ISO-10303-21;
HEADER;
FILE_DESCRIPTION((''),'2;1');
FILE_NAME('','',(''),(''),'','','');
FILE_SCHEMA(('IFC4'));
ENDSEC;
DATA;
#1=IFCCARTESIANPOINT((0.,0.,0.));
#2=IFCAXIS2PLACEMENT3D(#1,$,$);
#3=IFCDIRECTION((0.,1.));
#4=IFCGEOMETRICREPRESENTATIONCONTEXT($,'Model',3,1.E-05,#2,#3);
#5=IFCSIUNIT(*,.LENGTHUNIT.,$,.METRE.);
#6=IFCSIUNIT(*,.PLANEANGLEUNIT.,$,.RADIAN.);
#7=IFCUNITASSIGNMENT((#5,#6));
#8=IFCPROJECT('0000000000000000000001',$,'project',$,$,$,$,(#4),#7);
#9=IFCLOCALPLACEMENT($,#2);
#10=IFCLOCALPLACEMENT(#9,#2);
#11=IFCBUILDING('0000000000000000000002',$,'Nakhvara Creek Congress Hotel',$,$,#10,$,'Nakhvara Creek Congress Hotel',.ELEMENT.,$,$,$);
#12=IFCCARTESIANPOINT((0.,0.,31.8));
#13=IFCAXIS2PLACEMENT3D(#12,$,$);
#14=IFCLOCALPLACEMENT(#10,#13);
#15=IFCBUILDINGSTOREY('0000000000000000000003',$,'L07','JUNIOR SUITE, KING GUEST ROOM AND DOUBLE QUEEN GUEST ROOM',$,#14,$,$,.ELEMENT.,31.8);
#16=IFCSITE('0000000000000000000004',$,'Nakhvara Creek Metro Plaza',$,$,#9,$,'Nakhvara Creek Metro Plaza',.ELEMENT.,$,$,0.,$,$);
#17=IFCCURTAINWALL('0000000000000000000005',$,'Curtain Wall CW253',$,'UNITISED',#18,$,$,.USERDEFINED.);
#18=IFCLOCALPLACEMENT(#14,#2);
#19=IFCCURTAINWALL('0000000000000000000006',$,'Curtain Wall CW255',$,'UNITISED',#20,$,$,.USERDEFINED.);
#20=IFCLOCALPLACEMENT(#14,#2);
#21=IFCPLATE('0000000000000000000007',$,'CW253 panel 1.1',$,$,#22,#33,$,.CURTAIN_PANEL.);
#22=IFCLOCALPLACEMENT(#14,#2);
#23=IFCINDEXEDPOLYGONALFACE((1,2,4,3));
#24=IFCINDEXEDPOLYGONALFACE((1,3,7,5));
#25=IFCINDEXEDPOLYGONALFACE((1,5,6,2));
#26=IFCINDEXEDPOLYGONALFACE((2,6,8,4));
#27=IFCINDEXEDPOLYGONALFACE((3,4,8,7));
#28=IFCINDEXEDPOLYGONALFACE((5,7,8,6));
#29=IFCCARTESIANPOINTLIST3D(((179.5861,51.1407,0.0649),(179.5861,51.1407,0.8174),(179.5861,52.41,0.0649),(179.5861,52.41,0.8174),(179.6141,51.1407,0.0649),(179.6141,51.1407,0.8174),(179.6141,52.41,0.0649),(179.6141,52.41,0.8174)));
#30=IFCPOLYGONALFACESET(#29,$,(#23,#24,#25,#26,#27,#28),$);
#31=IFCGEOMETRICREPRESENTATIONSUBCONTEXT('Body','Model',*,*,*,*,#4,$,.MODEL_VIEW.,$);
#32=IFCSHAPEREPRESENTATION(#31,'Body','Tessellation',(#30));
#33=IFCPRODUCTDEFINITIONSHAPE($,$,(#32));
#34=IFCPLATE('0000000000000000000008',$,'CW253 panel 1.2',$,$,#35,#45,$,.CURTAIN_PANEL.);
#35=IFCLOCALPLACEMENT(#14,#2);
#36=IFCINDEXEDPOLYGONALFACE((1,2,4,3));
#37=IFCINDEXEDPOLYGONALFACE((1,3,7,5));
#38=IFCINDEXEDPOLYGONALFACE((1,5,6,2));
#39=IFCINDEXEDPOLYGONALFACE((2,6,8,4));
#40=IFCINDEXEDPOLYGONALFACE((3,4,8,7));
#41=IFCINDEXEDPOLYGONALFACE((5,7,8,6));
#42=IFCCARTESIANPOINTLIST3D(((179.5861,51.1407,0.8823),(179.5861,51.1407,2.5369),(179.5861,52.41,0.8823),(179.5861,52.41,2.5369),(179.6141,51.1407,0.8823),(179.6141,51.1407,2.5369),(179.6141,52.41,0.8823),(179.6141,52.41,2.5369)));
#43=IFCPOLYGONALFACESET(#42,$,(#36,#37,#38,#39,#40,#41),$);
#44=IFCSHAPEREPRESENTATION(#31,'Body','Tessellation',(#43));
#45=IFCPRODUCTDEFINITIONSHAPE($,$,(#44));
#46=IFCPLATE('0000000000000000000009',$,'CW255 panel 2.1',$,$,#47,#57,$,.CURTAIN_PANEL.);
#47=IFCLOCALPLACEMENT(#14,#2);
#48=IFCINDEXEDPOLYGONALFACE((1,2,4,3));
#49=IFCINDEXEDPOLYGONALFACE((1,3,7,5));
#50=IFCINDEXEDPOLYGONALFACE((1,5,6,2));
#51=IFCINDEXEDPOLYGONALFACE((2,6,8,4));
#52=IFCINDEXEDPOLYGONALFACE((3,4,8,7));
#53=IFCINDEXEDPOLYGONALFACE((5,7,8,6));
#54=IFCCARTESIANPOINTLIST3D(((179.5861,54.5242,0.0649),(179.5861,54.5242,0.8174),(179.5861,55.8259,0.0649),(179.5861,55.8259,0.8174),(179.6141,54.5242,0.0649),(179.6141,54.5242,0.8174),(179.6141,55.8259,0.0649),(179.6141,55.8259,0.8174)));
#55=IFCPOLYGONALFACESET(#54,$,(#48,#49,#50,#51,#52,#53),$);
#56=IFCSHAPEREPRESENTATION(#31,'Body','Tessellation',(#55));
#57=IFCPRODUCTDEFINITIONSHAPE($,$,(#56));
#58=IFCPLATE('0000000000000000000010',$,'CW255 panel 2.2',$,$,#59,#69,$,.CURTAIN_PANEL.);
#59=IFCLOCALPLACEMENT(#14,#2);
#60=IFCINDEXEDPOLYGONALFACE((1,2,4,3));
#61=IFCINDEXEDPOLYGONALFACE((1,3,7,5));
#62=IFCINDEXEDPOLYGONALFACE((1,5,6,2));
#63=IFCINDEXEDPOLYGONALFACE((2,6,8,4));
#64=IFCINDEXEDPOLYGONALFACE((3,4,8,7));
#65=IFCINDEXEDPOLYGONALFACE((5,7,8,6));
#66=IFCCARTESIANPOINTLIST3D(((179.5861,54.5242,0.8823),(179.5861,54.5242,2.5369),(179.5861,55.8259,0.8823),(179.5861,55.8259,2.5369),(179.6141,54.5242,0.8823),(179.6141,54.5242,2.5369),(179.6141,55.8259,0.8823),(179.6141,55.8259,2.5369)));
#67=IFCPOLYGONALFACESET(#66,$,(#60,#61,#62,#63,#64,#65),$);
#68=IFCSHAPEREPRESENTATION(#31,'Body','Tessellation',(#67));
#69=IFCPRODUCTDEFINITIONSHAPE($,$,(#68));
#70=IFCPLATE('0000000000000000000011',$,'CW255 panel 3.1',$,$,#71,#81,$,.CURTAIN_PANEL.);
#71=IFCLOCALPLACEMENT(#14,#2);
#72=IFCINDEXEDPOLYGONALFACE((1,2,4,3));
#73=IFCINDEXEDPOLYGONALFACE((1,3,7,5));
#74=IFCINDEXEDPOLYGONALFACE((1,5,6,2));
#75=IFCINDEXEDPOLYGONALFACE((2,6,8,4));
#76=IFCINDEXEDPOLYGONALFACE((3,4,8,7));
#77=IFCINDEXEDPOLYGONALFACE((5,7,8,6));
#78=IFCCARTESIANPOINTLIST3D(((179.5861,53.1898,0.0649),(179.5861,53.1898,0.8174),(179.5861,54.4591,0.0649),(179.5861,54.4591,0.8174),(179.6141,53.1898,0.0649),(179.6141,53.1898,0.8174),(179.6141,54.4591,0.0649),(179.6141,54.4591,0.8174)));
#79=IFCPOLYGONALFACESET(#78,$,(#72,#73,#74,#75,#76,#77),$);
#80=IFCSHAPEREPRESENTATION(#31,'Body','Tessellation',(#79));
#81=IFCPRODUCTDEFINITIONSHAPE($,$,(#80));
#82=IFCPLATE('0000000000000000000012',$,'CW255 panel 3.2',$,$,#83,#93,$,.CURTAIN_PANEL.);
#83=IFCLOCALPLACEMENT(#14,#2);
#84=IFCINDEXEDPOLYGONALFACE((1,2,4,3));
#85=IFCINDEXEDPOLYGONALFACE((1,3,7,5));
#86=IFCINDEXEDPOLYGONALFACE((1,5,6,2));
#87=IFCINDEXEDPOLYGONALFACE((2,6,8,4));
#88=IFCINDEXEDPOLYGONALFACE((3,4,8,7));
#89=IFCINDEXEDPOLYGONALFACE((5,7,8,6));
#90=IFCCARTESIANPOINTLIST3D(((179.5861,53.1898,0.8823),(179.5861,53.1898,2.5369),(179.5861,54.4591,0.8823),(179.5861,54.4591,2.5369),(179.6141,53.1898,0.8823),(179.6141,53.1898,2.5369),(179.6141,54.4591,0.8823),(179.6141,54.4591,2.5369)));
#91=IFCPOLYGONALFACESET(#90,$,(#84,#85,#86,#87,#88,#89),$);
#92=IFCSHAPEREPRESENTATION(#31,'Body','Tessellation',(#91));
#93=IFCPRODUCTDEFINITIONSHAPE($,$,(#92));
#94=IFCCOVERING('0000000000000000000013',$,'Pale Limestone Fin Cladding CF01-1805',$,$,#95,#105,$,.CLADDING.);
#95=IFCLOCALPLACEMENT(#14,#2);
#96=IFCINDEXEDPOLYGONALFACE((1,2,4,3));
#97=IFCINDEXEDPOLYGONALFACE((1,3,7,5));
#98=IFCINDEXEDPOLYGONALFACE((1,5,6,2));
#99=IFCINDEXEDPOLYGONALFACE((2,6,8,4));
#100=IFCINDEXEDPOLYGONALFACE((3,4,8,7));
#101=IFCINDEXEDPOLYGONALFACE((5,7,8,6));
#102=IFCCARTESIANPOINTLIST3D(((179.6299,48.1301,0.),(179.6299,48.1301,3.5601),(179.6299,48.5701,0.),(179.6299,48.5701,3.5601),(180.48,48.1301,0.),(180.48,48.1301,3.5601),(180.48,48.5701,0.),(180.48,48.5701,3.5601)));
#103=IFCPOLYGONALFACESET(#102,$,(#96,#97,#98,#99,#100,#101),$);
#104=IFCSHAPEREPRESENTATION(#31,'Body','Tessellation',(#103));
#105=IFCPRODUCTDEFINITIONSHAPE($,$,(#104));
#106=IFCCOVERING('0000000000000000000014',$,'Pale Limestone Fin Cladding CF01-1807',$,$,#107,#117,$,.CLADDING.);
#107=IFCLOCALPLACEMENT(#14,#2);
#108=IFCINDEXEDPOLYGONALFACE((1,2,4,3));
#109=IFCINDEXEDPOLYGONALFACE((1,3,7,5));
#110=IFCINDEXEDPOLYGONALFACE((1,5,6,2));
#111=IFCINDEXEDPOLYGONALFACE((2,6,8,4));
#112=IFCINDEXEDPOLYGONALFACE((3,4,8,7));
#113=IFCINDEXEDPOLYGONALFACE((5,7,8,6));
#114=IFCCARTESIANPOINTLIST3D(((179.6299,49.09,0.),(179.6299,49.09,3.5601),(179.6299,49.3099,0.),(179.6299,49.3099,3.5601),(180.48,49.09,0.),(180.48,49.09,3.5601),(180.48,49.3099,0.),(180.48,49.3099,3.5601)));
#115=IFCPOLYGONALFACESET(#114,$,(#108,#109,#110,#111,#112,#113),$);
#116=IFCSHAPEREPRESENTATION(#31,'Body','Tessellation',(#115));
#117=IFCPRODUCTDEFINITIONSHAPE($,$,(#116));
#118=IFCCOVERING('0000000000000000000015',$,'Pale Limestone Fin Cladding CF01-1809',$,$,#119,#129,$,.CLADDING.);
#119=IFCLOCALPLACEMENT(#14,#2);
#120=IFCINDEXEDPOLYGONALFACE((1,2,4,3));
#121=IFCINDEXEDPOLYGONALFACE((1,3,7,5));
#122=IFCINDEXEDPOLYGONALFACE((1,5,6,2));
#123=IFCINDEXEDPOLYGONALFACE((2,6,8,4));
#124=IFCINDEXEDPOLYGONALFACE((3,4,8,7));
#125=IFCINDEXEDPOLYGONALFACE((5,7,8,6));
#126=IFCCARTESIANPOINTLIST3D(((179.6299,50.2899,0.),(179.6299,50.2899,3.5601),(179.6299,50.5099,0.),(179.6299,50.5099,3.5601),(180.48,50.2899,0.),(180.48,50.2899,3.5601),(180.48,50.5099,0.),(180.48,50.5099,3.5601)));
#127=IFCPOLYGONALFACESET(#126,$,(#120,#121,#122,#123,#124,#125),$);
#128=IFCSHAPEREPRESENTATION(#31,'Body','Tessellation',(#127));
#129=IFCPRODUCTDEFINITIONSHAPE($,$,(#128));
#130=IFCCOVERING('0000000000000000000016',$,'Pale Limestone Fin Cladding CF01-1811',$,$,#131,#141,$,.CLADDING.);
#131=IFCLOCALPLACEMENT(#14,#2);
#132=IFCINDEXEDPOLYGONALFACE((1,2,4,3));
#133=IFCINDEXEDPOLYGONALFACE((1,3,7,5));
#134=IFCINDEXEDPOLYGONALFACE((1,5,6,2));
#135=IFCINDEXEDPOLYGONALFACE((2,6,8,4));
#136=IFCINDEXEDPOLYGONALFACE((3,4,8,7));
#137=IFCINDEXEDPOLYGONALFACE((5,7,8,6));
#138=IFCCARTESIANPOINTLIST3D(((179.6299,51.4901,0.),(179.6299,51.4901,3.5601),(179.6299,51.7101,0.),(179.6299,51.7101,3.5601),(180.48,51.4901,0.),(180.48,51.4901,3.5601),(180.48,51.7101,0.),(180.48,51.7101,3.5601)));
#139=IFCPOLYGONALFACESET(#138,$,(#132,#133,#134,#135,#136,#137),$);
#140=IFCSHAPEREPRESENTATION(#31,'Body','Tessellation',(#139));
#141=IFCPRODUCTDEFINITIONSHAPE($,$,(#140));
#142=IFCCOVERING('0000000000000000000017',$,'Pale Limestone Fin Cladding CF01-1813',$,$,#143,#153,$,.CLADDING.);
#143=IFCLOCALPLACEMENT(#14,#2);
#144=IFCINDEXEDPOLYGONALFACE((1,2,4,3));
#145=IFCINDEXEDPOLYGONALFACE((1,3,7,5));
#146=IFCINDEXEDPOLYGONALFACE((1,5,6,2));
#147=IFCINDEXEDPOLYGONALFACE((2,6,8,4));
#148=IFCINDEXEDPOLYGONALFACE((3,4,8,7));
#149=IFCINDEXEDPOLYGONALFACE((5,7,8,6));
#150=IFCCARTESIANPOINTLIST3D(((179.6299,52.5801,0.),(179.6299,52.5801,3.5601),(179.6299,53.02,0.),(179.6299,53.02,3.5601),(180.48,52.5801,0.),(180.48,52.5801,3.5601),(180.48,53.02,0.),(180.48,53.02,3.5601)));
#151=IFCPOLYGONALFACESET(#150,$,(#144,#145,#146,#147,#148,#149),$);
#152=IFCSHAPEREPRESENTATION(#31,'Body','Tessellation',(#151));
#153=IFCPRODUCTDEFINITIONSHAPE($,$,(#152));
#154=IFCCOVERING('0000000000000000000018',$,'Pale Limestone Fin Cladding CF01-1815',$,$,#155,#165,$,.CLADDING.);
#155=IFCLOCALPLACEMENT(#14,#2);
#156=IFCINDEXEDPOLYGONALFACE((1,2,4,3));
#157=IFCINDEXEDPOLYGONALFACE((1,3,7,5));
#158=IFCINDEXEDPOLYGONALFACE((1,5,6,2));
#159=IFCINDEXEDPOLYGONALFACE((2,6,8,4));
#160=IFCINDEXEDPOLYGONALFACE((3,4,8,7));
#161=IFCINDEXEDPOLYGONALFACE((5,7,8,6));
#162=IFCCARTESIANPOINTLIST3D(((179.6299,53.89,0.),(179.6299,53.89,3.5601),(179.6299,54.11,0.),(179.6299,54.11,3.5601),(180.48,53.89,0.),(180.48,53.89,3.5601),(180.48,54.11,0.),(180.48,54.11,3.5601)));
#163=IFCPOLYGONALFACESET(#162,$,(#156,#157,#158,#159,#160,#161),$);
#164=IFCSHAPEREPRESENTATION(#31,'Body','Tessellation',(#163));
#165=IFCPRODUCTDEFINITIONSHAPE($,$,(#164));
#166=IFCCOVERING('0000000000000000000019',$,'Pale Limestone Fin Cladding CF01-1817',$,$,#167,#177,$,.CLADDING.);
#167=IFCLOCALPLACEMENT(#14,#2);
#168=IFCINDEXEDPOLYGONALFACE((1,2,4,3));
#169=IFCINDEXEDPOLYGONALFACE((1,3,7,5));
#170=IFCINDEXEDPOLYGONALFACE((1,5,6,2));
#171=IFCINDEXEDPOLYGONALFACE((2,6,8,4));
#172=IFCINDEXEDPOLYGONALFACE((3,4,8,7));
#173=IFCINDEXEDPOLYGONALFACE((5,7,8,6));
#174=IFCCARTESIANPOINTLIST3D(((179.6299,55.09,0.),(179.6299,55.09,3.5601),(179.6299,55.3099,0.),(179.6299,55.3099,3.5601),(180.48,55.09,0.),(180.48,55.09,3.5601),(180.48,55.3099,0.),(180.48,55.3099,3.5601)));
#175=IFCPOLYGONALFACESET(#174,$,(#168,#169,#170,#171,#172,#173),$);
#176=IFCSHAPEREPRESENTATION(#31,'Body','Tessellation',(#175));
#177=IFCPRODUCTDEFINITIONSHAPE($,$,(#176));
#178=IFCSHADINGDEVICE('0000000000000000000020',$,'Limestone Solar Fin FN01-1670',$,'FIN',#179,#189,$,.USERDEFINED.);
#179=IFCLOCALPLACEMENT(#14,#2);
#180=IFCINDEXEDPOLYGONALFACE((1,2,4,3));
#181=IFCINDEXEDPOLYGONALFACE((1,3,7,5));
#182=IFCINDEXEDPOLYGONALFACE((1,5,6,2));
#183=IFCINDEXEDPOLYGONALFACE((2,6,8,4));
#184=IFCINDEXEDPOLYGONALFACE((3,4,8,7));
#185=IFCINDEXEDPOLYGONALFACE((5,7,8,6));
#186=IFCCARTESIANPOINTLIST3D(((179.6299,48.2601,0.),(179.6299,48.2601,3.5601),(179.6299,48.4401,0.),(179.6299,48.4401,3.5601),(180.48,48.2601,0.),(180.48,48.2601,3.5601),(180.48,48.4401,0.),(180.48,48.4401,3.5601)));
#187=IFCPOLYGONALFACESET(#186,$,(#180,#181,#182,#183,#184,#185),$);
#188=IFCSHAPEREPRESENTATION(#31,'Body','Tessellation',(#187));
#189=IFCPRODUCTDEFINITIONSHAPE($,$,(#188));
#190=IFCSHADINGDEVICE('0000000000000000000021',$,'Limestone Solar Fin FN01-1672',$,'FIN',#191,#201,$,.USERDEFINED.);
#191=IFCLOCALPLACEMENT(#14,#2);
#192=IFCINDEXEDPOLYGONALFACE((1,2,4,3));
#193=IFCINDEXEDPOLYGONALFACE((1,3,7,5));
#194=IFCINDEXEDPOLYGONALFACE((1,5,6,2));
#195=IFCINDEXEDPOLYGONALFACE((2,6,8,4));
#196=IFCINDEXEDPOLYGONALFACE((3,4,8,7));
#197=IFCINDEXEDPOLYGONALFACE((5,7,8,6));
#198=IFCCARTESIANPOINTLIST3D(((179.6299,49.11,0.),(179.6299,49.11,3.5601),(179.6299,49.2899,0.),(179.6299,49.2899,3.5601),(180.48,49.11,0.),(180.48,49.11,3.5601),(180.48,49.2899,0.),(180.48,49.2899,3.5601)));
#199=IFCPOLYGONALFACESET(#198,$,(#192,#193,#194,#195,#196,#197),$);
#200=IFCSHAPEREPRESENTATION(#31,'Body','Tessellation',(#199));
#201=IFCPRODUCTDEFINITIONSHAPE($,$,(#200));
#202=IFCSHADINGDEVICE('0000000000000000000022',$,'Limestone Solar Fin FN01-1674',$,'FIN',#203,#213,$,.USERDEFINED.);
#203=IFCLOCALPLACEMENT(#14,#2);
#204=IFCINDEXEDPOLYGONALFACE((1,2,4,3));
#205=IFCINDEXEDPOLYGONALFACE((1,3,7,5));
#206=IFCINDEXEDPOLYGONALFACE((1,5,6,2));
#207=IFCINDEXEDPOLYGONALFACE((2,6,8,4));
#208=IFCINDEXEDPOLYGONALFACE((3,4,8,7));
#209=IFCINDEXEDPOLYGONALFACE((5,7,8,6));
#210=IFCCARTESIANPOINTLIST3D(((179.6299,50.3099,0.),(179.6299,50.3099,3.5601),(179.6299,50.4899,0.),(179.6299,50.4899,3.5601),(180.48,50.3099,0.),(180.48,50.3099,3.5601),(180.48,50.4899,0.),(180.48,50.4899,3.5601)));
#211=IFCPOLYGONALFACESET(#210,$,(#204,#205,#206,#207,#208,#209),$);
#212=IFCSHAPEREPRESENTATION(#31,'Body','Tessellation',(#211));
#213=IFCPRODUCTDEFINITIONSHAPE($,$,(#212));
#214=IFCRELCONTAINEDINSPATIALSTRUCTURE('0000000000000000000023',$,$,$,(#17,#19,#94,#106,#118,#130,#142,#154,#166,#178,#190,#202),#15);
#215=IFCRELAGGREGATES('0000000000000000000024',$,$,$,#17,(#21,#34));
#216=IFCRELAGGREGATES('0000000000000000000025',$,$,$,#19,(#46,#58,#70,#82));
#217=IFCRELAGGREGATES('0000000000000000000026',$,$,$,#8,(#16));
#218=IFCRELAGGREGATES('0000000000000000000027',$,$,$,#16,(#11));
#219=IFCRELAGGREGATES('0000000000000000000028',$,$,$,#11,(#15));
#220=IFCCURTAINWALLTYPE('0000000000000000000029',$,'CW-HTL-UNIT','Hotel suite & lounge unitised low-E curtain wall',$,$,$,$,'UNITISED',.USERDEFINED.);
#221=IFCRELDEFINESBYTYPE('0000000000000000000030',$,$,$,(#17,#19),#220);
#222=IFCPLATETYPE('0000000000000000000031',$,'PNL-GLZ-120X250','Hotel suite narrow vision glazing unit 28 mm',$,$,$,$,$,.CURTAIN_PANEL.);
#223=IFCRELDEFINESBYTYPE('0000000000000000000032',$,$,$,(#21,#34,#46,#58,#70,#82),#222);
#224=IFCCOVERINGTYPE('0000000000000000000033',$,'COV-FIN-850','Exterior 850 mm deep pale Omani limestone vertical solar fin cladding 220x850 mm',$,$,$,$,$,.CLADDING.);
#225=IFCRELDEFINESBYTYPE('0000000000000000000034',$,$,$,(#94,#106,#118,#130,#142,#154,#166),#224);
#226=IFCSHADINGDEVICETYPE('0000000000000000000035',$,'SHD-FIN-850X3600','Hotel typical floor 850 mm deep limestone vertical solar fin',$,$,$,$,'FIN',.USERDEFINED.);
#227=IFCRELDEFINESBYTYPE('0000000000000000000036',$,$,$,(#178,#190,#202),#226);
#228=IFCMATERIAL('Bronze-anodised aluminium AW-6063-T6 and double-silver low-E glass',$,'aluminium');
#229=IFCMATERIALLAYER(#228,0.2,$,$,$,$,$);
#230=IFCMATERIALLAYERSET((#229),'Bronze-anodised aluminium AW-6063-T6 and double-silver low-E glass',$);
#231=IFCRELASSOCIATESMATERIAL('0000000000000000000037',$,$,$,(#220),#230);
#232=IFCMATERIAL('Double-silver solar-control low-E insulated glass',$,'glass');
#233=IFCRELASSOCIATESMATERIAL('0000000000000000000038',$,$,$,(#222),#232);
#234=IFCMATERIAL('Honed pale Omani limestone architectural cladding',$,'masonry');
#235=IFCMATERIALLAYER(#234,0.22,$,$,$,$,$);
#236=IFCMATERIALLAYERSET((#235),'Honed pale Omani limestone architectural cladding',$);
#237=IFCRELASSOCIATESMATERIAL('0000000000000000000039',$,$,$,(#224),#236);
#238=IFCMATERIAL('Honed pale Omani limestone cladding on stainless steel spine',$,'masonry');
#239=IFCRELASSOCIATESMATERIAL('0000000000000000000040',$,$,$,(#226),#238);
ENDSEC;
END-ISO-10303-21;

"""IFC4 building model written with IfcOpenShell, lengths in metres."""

from ifc_helpers import new_model, si_unit, direction, frame, origin, origin_2d, place, context, subcontext, project, spatial, rectangle, extrude, material, layer, layer_set, type_object, element, aggregate, save


model = new_model("IFC4")

# Units and contexts
model_context = context("Model", 3, precision=1e-05, world=origin(), true_north=direction((0.0, 1.0)))
body_context = subcontext(model_context, "Body", "Model", "MODEL_VIEW")
ifc_project = project(units=[si_unit("LENGTHUNIT", "METRE"), si_unit("PLANEANGLEUNIT", "RADIAN")], contexts=[model_context])

# Site, building, storey
site_placement = place(None, origin())
site = spatial("IfcSite", under=ifc_project, at=site_placement, Name="Nakhvara Creek Metro Plaza", LongName="Nakhvara Creek Metro Plaza", CompositionType="ELEMENT", RefElevation=0.0)
building_placement = place(site_placement, origin())
building = spatial("IfcBuilding", under=site, at=building_placement, Name="Nakhvara Creek Congress Hotel", LongName="Nakhvara Creek Congress Hotel", CompositionType="ELEMENT")
storey_placement = place(building_placement, frame((0.0, 0.0, 31.8)))
storey = spatial("IfcBuildingStorey", under=building, at=storey_placement, Name="L07", Description="JUNIOR SUITE, KING GUEST ROOM AND DOUBLE QUEEN GUEST ROOM", CompositionType="ELEMENT", Elevation=31.8)

# Curtain walls
ifc_material_1 = material(Name="Bronze-anodised aluminium AW-6063-T6 and double-silver low-E glass", Category="aluminium")
ifc_layer_1 = layer(ifc_material_1, 0.2)
ifc_layer_set_1 = layer_set([ifc_layer_1], Name="Bronze-anodised aluminium AW-6063-T6 and double-silver low-E glass")
curtain_wall_type = type_object("IfcCurtainWallType", Name="CW-HTL-UNIT", Description="Hotel suite & lounge unitised low-E curtain wall", ElementType="UNITISED", PredefinedType="USERDEFINED", material=ifc_layer_set_1)
curtain_wall_1_placement = place(storey_placement, origin())
curtain_wall_1 = element("IfcCurtainWall", 1, at=curtain_wall_1_placement, inside=storey, type_object=curtain_wall_type, Name="Curtain Wall CW253", ObjectType="UNITISED", PredefinedType="USERDEFINED")
curtain_wall_2_placement = place(storey_placement, origin())
curtain_wall_2 = element("IfcCurtainWall", 2, at=curtain_wall_2_placement, inside=storey, type_object=curtain_wall_type, Name="Curtain Wall CW255", ObjectType="UNITISED", PredefinedType="USERDEFINED")

# Plates
ifc_material_2 = material(Name="Double-silver solar-control low-E insulated glass", Category="glass")
plate_type = type_object("IfcPlateType", Name="PNL-GLZ-120X250", Description="Hotel suite narrow vision glazing unit 28 mm", PredefinedType="CURTAIN_PANEL", material=ifc_material_2)
plate_1_placement = place(storey_placement, frame((179.6001, 51.7754, 0.0649), z_axis=(0.0, 0.0, 1.0), x_axis=(0.0, -1.0, 0.0)))
plate_1 = element("IfcPlate", 3, at=plate_1_placement, type_object=plate_type, Name="CW253 panel 1.1", PredefinedType="CURTAIN_PANEL", context=body_context, shape_type="SweptSolid", body=[
    extrude(rectangle(XDim=1.2693, YDim=0.0281, at=origin_2d()), origin(), (0.0, 0.0, 1.0), 0.7524),
])
plate_2_placement = place(storey_placement, frame((179.6001, 51.7754, 0.8823), z_axis=(0.0, 0.0, 1.0), x_axis=(0.0, -1.0, 0.0)))
plate_2 = element("IfcPlate", 4, at=plate_2_placement, type_object=plate_type, Name="CW253 panel 1.2", PredefinedType="CURTAIN_PANEL", context=body_context, shape_type="SweptSolid", body=[
    extrude(rectangle(XDim=1.2693, YDim=0.0281, at=origin_2d()), origin(), (0.0, 0.0, 1.0), 1.6545),
])
aggregate(curtain_wall_1, [plate_1, plate_2])
plate_3_placement = place(storey_placement, frame((179.6001, 55.175, 0.0649), z_axis=(0.0, 0.0, 1.0), x_axis=(0.0, -1.0, 0.0)))
plate_3 = element("IfcPlate", 5, at=plate_3_placement, type_object=plate_type, Name="CW255 panel 2.1", PredefinedType="CURTAIN_PANEL", context=body_context, shape_type="SweptSolid", body=[
    extrude(rectangle(XDim=1.3018, YDim=0.0281, at=origin_2d()), origin(), (0.0, 0.0, 1.0), 0.7524),
])
plate_4_placement = place(storey_placement, frame((179.6001, 55.175, 0.8823), z_axis=(0.0, 0.0, 1.0), x_axis=(0.0, -1.0, 0.0)))
plate_4 = element("IfcPlate", 6, at=plate_4_placement, type_object=plate_type, Name="CW255 panel 2.2", PredefinedType="CURTAIN_PANEL", context=body_context, shape_type="SweptSolid", body=[
    extrude(rectangle(XDim=1.3018, YDim=0.0281, at=origin_2d()), origin(), (0.0, 0.0, 1.0), 1.6545),
])
plate_5_placement = place(storey_placement, frame((179.6001, 53.8245, 0.0649), z_axis=(0.0, 0.0, 1.0), x_axis=(0.0, -1.0, 0.0)))
plate_5 = element("IfcPlate", 7, at=plate_5_placement, type_object=plate_type, Name="CW255 panel 3.1", PredefinedType="CURTAIN_PANEL", context=body_context, shape_type="SweptSolid", body=[
    extrude(rectangle(XDim=1.2693, YDim=0.0281, at=origin_2d()), origin(), (0.0, 0.0, 1.0), 0.7524),
])
plate_6_placement = place(storey_placement, frame((179.6001, 53.8245, 0.8823), z_axis=(0.0, 0.0, 1.0), x_axis=(0.0, -1.0, 0.0)))
plate_6 = element("IfcPlate", 8, at=plate_6_placement, type_object=plate_type, Name="CW255 panel 3.2", PredefinedType="CURTAIN_PANEL", context=body_context, shape_type="SweptSolid", body=[
    extrude(rectangle(XDim=1.2693, YDim=0.0281, at=origin_2d()), origin(), (0.0, 0.0, 1.0), 1.6545),
])
aggregate(curtain_wall_2, [plate_3, plate_4, plate_5, plate_6])

# Coverings
ifc_material_3 = material(Name="Honed pale Omani limestone architectural cladding", Category="masonry")
ifc_layer_2 = layer(ifc_material_3, 0.22)
ifc_layer_set_2 = layer_set([ifc_layer_2], Name="Honed pale Omani limestone architectural cladding")
covering_type = type_object("IfcCoveringType", Name="COV-FIN-850", Description="Exterior 850 mm deep pale Omani limestone vertical solar fin cladding 220x850 mm", PredefinedType="CLADDING", material=ifc_layer_set_2)
covering_1_placement = place(storey_placement, frame((180.0549, 48.3501, 0.0), z_axis=(0.0, 0.0, 1.0), x_axis=(0.0, 1.0, 0.0)))
element("IfcCovering", 9, at=covering_1_placement, inside=storey, type_object=covering_type, Name="Pale Limestone Fin Cladding CF01-1805", PredefinedType="CLADDING", context=body_context, shape_type="SweptSolid", body=[
    extrude(rectangle(XDim=0.4399, YDim=0.8501, at=origin_2d()), origin(), (0.0, 0.0, 1.0), 3.5601),
])
for number, where, z_axis, x_axis, name in (
    (10, (180.0549, 49.2, 0.0), (0.0, 0.0, 1.0), (0.0, 1.0, 0.0), "Pale Limestone Fin Cladding CF01-1807"),
    (11, (180.0549, 50.3999, 0.0), (0.0, 0.0, 1.0), (0.0, 1.0, 0.0), "Pale Limestone Fin Cladding CF01-1809"),
    (12, (180.0549, 51.6001, 0.0), (0.0, 0.0, 1.0), (0.0, 1.0, 0.0), "Pale Limestone Fin Cladding CF01-1811"),
):
    element("IfcCovering", number, at=place(storey_placement, frame(where, z_axis=z_axis, x_axis=x_axis)), inside=storey, type_object=covering_type, Name=name, PredefinedType="CLADDING", context=body_context, shape_type="SweptSolid", body=[
        extrude(rectangle(XDim=0.22, YDim=0.8501, at=origin_2d()), origin(), (0.0, 0.0, 1.0), 3.5601),
    ])
covering_2_placement = place(storey_placement, frame((180.0549, 52.8, 0.0), z_axis=(0.0, 0.0, 1.0), x_axis=(0.0, 1.0, 0.0)))
element("IfcCovering", 13, at=covering_2_placement, inside=storey, type_object=covering_type, Name="Pale Limestone Fin Cladding CF01-1813", PredefinedType="CLADDING", context=body_context, shape_type="SweptSolid", body=[
    extrude(rectangle(XDim=0.4399, YDim=0.8501, at=origin_2d()), origin(), (0.0, 0.0, 1.0), 3.5601),
])
for number, where, z_axis, x_axis, name in (
    (14, (180.0549, 54.0, 0.0), (0.0, 0.0, 1.0), (0.0, 1.0, 0.0), "Pale Limestone Fin Cladding CF01-1815"),
    (15, (180.0549, 55.2, 0.0), (0.0, 0.0, 1.0), (0.0, 1.0, 0.0), "Pale Limestone Fin Cladding CF01-1817"),
):
    element("IfcCovering", number, at=place(storey_placement, frame(where, z_axis=z_axis, x_axis=x_axis)), inside=storey, type_object=covering_type, Name=name, PredefinedType="CLADDING", context=body_context, shape_type="SweptSolid", body=[
        extrude(rectangle(XDim=0.22, YDim=0.8501, at=origin_2d()), origin(), (0.0, 0.0, 1.0), 3.5601),
    ])

# Shading devices
ifc_material_4 = material(Name="Honed pale Omani limestone cladding on stainless steel spine", Category="masonry")
shading_device_type = type_object("IfcShadingDeviceType", Name="SHD-FIN-850X3600", Description="Hotel typical floor 850 mm deep limestone vertical solar fin", ElementType="FIN", PredefinedType="USERDEFINED", material=ifc_material_4)
for number, where, z_axis, x_axis, name in (
    (16, (180.0549, 48.3501, 0.0), (0.0, 0.0, 1.0), (0.0, 1.0, 0.0), "Limestone Solar Fin FN01-1670"),
    (17, (180.0549, 49.2, 0.0), (0.0, 0.0, 1.0), (0.0, 1.0, 0.0), "Limestone Solar Fin FN01-1672"),
    (18, (180.0549, 50.3999, 0.0), (0.0, 0.0, 1.0), (0.0, 1.0, 0.0), "Limestone Solar Fin FN01-1674"),
):
    element("IfcShadingDevice", number, at=place(storey_placement, frame(where, z_axis=z_axis, x_axis=x_axis)), inside=storey, type_object=shading_device_type, Name=name, ObjectType="FIN", PredefinedType="USERDEFINED", context=body_context, shape_type="SweptSolid", body=[
        extrude(rectangle(XDim=0.1799, YDim=0.8501, at=origin_2d()), origin(), (0.0, 0.0, 1.0), 3.5601),
    ])

save(model, "model.ifc")
